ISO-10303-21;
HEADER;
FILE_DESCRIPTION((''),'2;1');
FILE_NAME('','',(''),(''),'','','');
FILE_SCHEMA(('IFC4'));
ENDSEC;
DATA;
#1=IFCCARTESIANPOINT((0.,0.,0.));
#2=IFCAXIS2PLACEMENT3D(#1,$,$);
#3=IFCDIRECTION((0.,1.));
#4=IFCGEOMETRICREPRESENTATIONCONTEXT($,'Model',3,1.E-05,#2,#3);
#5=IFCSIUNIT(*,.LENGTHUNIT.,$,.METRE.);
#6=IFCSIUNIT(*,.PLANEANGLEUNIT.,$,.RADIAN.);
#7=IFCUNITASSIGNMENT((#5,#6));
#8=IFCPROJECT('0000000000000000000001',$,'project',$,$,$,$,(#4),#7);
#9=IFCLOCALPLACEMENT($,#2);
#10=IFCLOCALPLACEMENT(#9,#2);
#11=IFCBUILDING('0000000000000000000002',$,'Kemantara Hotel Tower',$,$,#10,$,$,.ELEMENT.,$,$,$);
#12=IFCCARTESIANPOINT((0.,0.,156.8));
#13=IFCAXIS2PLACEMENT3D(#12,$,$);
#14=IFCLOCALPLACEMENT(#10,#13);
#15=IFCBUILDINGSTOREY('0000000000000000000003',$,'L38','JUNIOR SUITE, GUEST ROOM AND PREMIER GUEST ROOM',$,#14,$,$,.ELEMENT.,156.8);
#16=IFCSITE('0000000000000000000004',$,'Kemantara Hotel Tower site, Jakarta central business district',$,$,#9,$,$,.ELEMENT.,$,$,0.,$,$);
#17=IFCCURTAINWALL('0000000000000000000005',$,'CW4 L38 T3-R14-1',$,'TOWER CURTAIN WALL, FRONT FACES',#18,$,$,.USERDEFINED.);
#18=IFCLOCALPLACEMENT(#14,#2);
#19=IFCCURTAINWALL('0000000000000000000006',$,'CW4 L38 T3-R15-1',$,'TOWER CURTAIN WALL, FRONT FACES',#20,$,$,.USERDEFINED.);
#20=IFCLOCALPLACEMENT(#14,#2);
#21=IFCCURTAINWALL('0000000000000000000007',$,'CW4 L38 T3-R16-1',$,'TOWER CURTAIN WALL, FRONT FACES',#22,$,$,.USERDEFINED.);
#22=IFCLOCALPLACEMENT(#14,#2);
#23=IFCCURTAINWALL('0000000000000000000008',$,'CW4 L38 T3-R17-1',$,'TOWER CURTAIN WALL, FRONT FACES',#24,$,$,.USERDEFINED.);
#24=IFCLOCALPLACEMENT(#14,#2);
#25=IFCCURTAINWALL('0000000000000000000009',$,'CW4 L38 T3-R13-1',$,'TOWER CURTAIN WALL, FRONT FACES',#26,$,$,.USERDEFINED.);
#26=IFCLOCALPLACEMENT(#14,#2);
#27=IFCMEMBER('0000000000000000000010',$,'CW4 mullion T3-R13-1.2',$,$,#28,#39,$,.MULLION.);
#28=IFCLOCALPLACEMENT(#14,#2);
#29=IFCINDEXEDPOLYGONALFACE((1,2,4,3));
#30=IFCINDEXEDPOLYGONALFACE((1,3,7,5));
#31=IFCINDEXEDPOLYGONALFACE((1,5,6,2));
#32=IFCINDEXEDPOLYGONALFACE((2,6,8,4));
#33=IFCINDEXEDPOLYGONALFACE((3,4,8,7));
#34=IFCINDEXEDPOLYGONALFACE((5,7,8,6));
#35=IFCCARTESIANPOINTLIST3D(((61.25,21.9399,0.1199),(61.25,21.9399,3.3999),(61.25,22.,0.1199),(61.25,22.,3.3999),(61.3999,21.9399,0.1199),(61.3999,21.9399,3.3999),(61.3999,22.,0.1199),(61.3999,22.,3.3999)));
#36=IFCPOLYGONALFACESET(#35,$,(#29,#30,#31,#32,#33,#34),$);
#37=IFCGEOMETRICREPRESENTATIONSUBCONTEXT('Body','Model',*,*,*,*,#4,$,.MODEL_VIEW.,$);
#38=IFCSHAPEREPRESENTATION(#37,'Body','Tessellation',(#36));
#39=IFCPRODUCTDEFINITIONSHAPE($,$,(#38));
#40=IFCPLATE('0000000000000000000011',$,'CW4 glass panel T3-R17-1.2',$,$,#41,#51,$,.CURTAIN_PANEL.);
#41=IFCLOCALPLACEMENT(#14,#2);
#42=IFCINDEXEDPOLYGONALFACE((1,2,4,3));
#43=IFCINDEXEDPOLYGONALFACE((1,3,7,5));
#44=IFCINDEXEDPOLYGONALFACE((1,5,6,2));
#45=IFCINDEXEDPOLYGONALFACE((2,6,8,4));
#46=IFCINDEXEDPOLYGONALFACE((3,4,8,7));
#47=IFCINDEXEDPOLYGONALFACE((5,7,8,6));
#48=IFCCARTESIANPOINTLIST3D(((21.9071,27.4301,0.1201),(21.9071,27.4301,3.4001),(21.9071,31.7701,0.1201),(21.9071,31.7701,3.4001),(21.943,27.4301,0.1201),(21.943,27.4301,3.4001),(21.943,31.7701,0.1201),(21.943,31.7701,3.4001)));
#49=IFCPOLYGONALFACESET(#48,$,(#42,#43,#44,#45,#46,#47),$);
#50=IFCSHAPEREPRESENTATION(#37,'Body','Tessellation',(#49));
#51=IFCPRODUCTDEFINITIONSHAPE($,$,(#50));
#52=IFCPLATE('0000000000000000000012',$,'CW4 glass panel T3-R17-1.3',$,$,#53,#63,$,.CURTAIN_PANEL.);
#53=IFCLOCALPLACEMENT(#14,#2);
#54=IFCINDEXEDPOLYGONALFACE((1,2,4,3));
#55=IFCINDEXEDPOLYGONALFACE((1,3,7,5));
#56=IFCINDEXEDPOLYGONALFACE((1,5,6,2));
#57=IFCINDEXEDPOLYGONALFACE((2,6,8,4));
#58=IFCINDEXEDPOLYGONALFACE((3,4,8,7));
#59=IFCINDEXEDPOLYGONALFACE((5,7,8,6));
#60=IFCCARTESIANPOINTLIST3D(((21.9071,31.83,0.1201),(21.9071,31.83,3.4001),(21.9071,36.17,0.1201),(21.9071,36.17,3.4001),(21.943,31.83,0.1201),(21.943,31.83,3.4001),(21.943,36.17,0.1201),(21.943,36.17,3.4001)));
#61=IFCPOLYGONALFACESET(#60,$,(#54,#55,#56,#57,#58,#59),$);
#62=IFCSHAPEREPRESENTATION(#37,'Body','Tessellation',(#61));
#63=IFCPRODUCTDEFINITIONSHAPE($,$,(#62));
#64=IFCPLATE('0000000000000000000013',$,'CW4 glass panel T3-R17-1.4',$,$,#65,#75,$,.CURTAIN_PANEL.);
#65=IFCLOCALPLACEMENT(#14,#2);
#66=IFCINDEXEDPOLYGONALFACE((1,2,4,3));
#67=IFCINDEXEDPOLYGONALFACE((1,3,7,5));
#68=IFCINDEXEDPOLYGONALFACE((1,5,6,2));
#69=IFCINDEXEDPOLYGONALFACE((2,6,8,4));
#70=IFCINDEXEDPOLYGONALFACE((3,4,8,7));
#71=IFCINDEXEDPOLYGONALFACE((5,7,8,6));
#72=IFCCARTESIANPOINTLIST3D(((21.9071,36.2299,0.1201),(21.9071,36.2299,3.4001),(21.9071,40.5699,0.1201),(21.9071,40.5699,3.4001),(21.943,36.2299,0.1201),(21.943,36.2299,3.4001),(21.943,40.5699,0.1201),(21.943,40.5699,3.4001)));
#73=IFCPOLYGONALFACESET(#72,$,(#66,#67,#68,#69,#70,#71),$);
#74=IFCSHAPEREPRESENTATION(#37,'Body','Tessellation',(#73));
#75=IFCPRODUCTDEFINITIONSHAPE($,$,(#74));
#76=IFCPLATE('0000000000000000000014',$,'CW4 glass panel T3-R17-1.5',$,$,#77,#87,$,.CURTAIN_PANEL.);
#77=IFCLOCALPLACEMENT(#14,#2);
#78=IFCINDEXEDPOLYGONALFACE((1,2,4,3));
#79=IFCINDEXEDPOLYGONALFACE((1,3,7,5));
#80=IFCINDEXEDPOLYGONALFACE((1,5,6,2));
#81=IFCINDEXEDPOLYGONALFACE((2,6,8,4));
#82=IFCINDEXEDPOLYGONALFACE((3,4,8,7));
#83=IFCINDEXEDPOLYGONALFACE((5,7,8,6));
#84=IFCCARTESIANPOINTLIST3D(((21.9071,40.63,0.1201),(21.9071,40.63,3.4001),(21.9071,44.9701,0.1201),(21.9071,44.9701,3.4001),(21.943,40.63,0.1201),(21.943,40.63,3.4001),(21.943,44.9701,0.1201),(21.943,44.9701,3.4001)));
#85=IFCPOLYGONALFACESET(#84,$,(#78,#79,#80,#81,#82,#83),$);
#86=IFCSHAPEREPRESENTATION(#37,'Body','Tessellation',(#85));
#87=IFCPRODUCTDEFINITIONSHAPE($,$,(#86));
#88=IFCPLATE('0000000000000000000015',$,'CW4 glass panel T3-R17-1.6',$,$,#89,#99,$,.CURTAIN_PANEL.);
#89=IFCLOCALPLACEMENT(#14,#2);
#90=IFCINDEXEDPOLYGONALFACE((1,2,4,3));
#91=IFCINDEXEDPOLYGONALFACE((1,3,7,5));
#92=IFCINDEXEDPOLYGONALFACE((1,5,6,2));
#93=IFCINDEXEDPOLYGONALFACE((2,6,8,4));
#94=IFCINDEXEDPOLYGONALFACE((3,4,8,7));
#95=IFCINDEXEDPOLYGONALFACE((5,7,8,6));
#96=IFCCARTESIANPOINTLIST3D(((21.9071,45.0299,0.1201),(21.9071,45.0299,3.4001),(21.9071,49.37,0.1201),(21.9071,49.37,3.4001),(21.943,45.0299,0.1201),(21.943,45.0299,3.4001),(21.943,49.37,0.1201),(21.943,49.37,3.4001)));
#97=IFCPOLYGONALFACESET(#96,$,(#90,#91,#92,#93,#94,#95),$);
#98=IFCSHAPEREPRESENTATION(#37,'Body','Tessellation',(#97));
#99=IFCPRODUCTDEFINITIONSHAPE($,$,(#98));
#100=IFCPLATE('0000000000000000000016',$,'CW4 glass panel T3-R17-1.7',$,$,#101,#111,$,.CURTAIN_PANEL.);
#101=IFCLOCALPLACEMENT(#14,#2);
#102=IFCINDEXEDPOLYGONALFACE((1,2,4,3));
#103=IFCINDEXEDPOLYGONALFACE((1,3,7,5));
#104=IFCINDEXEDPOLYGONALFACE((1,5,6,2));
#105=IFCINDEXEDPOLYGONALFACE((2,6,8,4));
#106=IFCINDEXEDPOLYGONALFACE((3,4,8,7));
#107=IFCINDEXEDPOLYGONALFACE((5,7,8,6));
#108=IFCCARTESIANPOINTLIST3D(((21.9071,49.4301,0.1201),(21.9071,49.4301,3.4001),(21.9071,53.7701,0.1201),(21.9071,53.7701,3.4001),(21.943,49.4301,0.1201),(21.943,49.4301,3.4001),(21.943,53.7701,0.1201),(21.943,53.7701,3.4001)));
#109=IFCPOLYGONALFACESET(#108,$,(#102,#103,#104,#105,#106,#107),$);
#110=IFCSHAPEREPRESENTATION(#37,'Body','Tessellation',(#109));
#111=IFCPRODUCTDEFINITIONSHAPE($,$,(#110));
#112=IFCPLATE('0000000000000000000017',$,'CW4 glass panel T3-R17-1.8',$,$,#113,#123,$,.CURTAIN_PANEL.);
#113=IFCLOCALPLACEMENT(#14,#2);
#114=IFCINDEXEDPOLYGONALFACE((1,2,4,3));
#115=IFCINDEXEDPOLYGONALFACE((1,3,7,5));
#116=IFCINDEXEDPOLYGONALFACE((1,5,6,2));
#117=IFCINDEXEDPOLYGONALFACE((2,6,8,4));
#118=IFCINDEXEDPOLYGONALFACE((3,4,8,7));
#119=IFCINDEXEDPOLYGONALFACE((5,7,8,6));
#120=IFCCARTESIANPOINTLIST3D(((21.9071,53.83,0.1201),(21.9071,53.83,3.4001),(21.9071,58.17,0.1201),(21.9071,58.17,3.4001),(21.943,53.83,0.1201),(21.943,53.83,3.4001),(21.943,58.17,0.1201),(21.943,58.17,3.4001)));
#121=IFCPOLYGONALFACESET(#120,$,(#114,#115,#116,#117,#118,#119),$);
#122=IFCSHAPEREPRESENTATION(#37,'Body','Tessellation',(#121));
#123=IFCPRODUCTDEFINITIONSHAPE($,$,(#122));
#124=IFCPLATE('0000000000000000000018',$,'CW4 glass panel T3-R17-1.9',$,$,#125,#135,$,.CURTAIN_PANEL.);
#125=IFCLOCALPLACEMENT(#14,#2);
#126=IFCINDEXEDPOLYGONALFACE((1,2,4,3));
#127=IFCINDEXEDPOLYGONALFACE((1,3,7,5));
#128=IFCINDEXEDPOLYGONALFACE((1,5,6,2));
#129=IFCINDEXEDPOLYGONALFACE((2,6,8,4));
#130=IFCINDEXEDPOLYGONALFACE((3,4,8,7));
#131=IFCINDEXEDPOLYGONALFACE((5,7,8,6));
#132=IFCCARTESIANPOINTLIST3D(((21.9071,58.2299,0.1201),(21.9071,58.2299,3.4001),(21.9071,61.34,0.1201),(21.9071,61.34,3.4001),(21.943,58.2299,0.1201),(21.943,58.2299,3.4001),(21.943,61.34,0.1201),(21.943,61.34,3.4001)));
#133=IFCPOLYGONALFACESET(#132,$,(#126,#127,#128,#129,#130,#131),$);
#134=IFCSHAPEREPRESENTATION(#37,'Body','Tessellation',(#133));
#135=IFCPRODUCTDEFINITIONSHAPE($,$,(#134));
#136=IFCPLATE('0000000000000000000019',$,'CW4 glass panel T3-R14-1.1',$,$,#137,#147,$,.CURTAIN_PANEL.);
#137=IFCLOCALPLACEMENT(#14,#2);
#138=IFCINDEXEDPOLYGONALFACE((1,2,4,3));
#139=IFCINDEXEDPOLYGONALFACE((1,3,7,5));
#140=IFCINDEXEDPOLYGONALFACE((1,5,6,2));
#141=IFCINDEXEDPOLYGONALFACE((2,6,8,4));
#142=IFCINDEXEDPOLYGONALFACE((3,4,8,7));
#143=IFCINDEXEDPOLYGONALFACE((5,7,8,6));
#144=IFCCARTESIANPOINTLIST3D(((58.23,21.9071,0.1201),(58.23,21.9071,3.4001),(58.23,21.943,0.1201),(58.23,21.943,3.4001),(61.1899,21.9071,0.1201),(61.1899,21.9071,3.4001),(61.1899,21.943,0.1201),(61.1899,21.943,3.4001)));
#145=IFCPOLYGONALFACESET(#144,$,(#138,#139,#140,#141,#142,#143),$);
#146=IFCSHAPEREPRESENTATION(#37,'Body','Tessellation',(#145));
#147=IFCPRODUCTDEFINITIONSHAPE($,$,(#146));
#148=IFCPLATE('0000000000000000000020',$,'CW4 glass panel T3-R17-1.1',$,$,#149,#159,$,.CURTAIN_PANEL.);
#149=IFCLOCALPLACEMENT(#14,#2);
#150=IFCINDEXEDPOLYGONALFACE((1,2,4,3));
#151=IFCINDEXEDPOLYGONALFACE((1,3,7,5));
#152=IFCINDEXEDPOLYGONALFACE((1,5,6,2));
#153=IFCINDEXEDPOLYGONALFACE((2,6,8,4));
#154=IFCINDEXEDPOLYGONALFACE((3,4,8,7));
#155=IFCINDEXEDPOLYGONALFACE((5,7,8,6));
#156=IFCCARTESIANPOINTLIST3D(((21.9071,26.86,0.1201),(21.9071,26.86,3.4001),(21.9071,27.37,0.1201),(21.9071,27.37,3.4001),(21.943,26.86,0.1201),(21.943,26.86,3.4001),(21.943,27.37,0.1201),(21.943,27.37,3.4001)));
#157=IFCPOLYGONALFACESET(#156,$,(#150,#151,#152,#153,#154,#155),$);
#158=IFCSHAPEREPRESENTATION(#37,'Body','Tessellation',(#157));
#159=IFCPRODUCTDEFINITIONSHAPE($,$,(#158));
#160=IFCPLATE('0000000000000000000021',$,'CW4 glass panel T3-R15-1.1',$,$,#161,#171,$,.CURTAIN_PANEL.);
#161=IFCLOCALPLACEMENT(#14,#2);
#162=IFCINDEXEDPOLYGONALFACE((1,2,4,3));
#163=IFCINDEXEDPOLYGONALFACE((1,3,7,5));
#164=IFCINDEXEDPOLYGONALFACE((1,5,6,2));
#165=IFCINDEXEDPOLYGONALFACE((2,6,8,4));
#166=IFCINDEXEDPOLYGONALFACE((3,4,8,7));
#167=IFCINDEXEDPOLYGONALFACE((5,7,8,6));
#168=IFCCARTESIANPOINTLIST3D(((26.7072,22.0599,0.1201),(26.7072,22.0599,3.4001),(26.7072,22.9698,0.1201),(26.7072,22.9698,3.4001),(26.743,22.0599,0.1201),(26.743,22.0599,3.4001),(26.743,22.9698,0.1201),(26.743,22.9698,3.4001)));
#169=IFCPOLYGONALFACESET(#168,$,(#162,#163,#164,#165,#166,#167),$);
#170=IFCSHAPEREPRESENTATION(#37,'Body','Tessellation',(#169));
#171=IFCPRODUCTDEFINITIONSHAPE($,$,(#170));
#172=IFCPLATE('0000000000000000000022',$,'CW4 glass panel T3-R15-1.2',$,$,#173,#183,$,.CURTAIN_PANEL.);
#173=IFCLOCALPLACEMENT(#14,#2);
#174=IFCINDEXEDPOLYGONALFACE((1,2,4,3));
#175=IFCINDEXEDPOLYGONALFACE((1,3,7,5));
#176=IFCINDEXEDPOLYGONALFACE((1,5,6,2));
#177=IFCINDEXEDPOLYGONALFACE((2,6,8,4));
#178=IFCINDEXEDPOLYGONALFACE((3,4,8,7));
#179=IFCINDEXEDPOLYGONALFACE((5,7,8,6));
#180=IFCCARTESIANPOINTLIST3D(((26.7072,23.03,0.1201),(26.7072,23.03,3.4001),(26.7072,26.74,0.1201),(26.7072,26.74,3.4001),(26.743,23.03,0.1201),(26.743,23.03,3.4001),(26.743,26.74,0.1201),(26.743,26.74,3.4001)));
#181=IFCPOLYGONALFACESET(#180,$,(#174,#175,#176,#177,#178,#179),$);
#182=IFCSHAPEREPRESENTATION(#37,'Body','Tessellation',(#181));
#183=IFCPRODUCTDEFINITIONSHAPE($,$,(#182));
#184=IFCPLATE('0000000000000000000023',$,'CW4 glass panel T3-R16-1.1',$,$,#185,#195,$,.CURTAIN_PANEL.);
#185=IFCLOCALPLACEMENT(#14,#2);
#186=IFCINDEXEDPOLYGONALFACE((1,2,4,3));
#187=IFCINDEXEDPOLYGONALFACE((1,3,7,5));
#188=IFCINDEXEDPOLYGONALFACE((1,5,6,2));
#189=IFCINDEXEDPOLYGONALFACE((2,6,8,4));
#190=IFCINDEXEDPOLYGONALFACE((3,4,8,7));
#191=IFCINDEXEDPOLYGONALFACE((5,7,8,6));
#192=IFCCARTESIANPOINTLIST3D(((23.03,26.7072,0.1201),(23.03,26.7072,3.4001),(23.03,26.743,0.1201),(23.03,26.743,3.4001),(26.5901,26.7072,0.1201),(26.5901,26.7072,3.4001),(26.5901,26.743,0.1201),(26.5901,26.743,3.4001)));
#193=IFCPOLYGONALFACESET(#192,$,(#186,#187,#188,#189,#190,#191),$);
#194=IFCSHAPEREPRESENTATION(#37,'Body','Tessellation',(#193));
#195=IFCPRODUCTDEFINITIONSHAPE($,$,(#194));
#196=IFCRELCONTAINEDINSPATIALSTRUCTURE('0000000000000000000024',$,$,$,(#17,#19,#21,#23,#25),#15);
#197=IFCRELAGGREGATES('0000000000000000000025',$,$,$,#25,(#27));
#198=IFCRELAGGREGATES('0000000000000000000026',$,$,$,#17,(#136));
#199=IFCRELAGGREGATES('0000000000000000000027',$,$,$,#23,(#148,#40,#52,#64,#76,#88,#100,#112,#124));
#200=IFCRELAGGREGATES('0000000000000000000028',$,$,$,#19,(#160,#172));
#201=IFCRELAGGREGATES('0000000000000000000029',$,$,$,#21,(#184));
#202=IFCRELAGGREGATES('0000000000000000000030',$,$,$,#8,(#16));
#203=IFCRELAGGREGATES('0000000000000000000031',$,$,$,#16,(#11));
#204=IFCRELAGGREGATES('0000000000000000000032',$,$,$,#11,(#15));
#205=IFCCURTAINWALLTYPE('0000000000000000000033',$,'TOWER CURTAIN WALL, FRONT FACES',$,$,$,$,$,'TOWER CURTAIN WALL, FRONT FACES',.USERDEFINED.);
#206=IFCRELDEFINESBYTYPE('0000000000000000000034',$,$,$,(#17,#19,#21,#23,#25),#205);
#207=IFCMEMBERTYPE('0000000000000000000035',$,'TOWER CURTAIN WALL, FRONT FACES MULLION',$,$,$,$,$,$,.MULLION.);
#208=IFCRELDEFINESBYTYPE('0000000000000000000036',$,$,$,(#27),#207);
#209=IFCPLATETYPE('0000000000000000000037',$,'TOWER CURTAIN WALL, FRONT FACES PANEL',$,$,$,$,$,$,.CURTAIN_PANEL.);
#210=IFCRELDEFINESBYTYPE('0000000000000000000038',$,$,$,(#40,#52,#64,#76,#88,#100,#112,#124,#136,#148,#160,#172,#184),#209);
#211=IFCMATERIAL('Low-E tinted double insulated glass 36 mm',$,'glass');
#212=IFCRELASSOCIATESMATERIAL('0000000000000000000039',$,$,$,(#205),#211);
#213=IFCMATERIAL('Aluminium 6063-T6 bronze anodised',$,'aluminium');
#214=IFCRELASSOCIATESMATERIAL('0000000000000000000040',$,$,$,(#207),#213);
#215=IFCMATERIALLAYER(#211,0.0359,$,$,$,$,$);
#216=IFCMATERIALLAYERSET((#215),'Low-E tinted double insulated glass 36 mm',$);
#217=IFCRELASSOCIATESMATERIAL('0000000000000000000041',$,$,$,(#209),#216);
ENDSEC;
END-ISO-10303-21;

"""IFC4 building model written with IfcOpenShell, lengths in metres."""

from ifc_helpers import new_model, si_unit, direction, frame, origin, origin_2d, place, context, subcontext, project, spatial, rectangle, extrude, source, transform, mapped, material, layer, layer_set, material_profile, profile_set, type_object, element, aggregate, save


model = new_model("IFC4")

# Units and contexts
model_context = context("Model", 3, precision=1e-05, world=origin(), true_north=direction((0.0, 1.0)))
body_context = subcontext(model_context, "Body", "Model", "MODEL_VIEW")
ifc_project = project(units=[si_unit("LENGTHUNIT", "METRE"), si_unit("PLANEANGLEUNIT", "RADIAN")], contexts=[model_context])

# Site, building, storey
site_placement = place(None, origin())
site = spatial("IfcSite", under=ifc_project, at=site_placement, Name="Kemantara Hotel Tower site, Jakarta central business district", CompositionType="ELEMENT", RefElevation=0.0)
building_placement = place(site_placement, origin())
building = spatial("IfcBuilding", under=site, at=building_placement, Name="Kemantara Hotel Tower", CompositionType="ELEMENT")
storey_placement = place(building_placement, frame((0.0, 0.0, 156.8)))
storey = spatial("IfcBuildingStorey", under=building, at=storey_placement, Name="L38", Description="JUNIOR SUITE, GUEST ROOM AND PREMIER GUEST ROOM", CompositionType="ELEMENT", Elevation=156.8)

# Curtain walls
ifc_material_1 = material(Name="Low-E tinted double insulated glass 36 mm", Category="glass")
curtain_wall_type = type_object("IfcCurtainWallType", Name="TOWER CURTAIN WALL, FRONT FACES", ElementType="TOWER CURTAIN WALL, FRONT FACES", PredefinedType="USERDEFINED", material=ifc_material_1)
curtain_wall_1_placement = place(storey_placement, origin())
curtain_wall_1 = element("IfcCurtainWall", 1, at=curtain_wall_1_placement, inside=storey, type_object=curtain_wall_type, Name="CW4 L38 T3-R14-1", ObjectType="TOWER CURTAIN WALL, FRONT FACES", PredefinedType="USERDEFINED")
ifc_material_2 = material(Name="Aluminium 6063-T6 bronze anodised", Category="aluminium")
curtain_wall_2_placement = place(storey_placement, origin())
curtain_wall_2 = element("IfcCurtainWall", 2, at=curtain_wall_2_placement, inside=storey, type_object=curtain_wall_type, Name="CW4 L38 T3-R15-1", ObjectType="TOWER CURTAIN WALL, FRONT FACES", PredefinedType="USERDEFINED")
curtain_wall_3_placement = place(storey_placement, origin())
curtain_wall_3 = element("IfcCurtainWall", 3, at=curtain_wall_3_placement, inside=storey, type_object=curtain_wall_type, Name="CW4 L38 T3-R16-1", ObjectType="TOWER CURTAIN WALL, FRONT FACES", PredefinedType="USERDEFINED")

# Shared definitions
ifc_material_profile_1 = material_profile(ifc_material_2, rectangle(XDim=0.1499, YDim=0.0601, at=origin_2d()), Name="TOWER CURTAIN WALL, FRONT FACES MULLION")
ifc_profile_set_1 = profile_set([ifc_material_profile_1], Name="Aluminium 6063-T6 bronze anodised")
member_type_1 = type_object("IfcMemberType", Name="TOWER CURTAIN WALL, FRONT FACES MULLION", PredefinedType="MULLION", material=ifc_profile_set_1)
shared_shape_1 = source(origin(), body_context, "Body", "SweptSolid", [
    extrude(rectangle(XDim=0.1499, YDim=0.0601, at=origin_2d()), origin(), (0.0, 0.0, 1.0), 3.28),
])

# Curtain wall
curtain_wall_4_placement = place(storey_placement, origin())
curtain_wall_4 = element("IfcCurtainWall", 4, at=curtain_wall_4_placement, inside=storey, type_object=curtain_wall_type, Name="CW4 L38 T3-R17-1", ObjectType="TOWER CURTAIN WALL, FRONT FACES", PredefinedType="USERDEFINED")

# Curtain wall, member
curtain_wall_5_placement = place(storey_placement, origin())
curtain_wall_5 = element("IfcCurtainWall", 5, at=curtain_wall_5_placement, inside=storey, type_object=curtain_wall_type, Name="CW4 L38 T3-R13-1", ObjectType="TOWER CURTAIN WALL, FRONT FACES", PredefinedType="USERDEFINED")
member_1_placement = place(storey_placement, frame((61.325, 21.97, 0.1199), z_axis=(0.0, 0.0, 1.0), x_axis=(-1.0, 0.0, 0.0)))
member_1 = element("IfcMember", 6, at=member_1_placement, type_object=member_type_1, Name="CW4 mullion T3-R13-1.2", PredefinedType="MULLION", context=body_context, shape_type="MappedRepresentation", body=[
    mapped(shared_shape_1, transform((0.0, 0.0, 0.0))),
])
aggregate(curtain_wall_5, [member_1])

# Plates
ifc_layer_1 = layer(ifc_material_1, 0.0359)
ifc_layer_set_1 = layer_set([ifc_layer_1], Name="Low-E tinted double insulated glass 36 mm")
plate_type = type_object("IfcPlateType", Name="TOWER CURTAIN WALL, FRONT FACES PANEL", PredefinedType="CURTAIN_PANEL", material=ifc_layer_set_1)
shared_shape_2 = source(origin(), body_context, "Body", "SweptSolid", [
    extrude(rectangle(XDim=4.3401, YDim=0.0359, at=origin_2d()), origin(), (0.0, 0.0, 1.0), 3.28),
])
plate_1_placement = place(storey_placement, frame((21.925, 29.6001, 0.1201), z_axis=(0.0, 0.0, 1.0), x_axis=(0.0, 1.0, 0.0)))
plate_1 = element("IfcPlate", 7, at=plate_1_placement, type_object=plate_type, Name="CW4 glass panel T3-R17-1.2", PredefinedType="CURTAIN_PANEL", context=body_context, shape_type="MappedRepresentation", body=[
    mapped(shared_shape_2, transform((0.0, 0.0, 0.0))),
])
plate_2_placement = place(storey_placement, frame((21.925, 34.0, 0.1201), z_axis=(0.0, 0.0, 1.0), x_axis=(0.0, 1.0, 0.0)))
plate_2 = element("IfcPlate", 8, at=plate_2_placement, type_object=plate_type, Name="CW4 glass panel T3-R17-1.3", PredefinedType="CURTAIN_PANEL", context=body_context, shape_type="MappedRepresentation", body=[
    mapped(shared_shape_2, transform((0.0, 0.0, 0.0))),
])
plate_3_placement = place(storey_placement, frame((21.925, 38.3999, 0.1201), z_axis=(0.0, 0.0, 1.0), x_axis=(0.0, 1.0, 0.0)))
plate_3 = element("IfcPlate", 9, at=plate_3_placement, type_object=plate_type, Name="CW4 glass panel T3-R17-1.4", PredefinedType="CURTAIN_PANEL", context=body_context, shape_type="MappedRepresentation", body=[
    mapped(shared_shape_2, transform((0.0, 0.0, 0.0))),
])
plate_4_placement = place(storey_placement, frame((21.925, 42.8, 0.1201), z_axis=(0.0, 0.0, 1.0), x_axis=(0.0, 1.0, 0.0)))
plate_4 = element("IfcPlate", 10, at=plate_4_placement, type_object=plate_type, Name="CW4 glass panel T3-R17-1.5", PredefinedType="CURTAIN_PANEL", context=body_context, shape_type="MappedRepresentation", body=[
    mapped(shared_shape_2, transform((0.0, 0.0, 0.0))),
])
plate_5_placement = place(storey_placement, frame((21.925, 47.2, 0.1201), z_axis=(0.0, 0.0, 1.0), x_axis=(0.0, 1.0, 0.0)))
plate_5 = element("IfcPlate", 11, at=plate_5_placement, type_object=plate_type, Name="CW4 glass panel T3-R17-1.6", PredefinedType="CURTAIN_PANEL", context=body_context, shape_type="MappedRepresentation", body=[
    mapped(shared_shape_2, transform((0.0, 0.0, 0.0))),
])
plate_6_placement = place(storey_placement, frame((21.925, 51.6001, 0.1201), z_axis=(0.0, 0.0, 1.0), x_axis=(0.0, 1.0, 0.0)))
plate_6 = element("IfcPlate", 12, at=plate_6_placement, type_object=plate_type, Name="CW4 glass panel T3-R17-1.7", PredefinedType="CURTAIN_PANEL", context=body_context, shape_type="MappedRepresentation", body=[
    mapped(shared_shape_2, transform((0.0, 0.0, 0.0))),
])
plate_7_placement = place(storey_placement, frame((21.925, 56.0, 0.1201), z_axis=(0.0, 0.0, 1.0), x_axis=(0.0, 1.0, 0.0)))
plate_7 = element("IfcPlate", 13, at=plate_7_placement, type_object=plate_type, Name="CW4 glass panel T3-R17-1.8", PredefinedType="CURTAIN_PANEL", context=body_context, shape_type="MappedRepresentation", body=[
    mapped(shared_shape_2, transform((0.0, 0.0, 0.0))),
])
shared_shape_3 = source(origin(), body_context, "Body", "SweptSolid", [
    extrude(rectangle(XDim=3.1101, YDim=0.0359, at=origin_2d()), origin(), (0.0, 0.0, 1.0), 3.28),
])
plate_8_placement = place(storey_placement, frame((21.925, 59.7849, 0.1201), z_axis=(0.0, 0.0, 1.0), x_axis=(0.0, 1.0, 0.0)))
plate_8 = element("IfcPlate", 14, at=plate_8_placement, type_object=plate_type, Name="CW4 glass panel T3-R17-1.9", PredefinedType="CURTAIN_PANEL", context=body_context, shape_type="MappedRepresentation", body=[
    mapped(shared_shape_3, transform((0.0, 0.0, 0.0))),
])
shared_shape_4 = source(origin(), body_context, "Body", "SweptSolid", [
    extrude(rectangle(XDim=2.96, YDim=0.0359, at=origin_2d()), origin(), (0.0, 0.0, 1.0), 3.28),
])
plate_9_placement = place(storey_placement, frame((59.71, 21.925, 0.1201), z_axis=(0.0, 0.0, 1.0), x_axis=(-1.0, 0.0, 0.0)))
plate_9 = element("IfcPlate", 15, at=plate_9_placement, type_object=plate_type, Name="CW4 glass panel T3-R14-1.1", PredefinedType="CURTAIN_PANEL", context=body_context, shape_type="MappedRepresentation", body=[
    mapped(shared_shape_4, transform((0.0, 0.0, 0.0))),
])
aggregate(curtain_wall_1, [plate_9])
shared_shape_5 = source(origin(), body_context, "Body", "SweptSolid", [
    extrude(rectangle(XDim=0.51, YDim=0.0359, at=origin_2d()), origin(), (0.0, 0.0, 1.0), 3.28),
])
plate_10_placement = place(storey_placement, frame((21.925, 27.115, 0.1201), z_axis=(0.0, 0.0, 1.0), x_axis=(0.0, 1.0, 0.0)))
plate_10 = element("IfcPlate", 16, at=plate_10_placement, type_object=plate_type, Name="CW4 glass panel T3-R17-1.1", PredefinedType="CURTAIN_PANEL", context=body_context, shape_type="MappedRepresentation", body=[
    mapped(shared_shape_5, transform((0.0, 0.0, 0.0))),
])
aggregate(curtain_wall_4, [plate_10, plate_1, plate_2, plate_3, plate_4, plate_5, plate_6, plate_7, plate_8])
shared_shape_6 = source(origin(), body_context, "Body", "SweptSolid", [
    extrude(rectangle(XDim=0.9099, YDim=0.0359, at=origin_2d()), origin(), (0.0, 0.0, 1.0), 3.28),
])
plate_11_placement = place(storey_placement, frame((26.7251, 22.5149, 0.1201), z_axis=(0.0, 0.0, 1.0), x_axis=(0.0, 1.0, 0.0)))
plate_11 = element("IfcPlate", 17, at=plate_11_placement, type_object=plate_type, Name="CW4 glass panel T3-R15-1.1", PredefinedType="CURTAIN_PANEL", context=body_context, shape_type="MappedRepresentation", body=[
    mapped(shared_shape_6, transform((0.0, 0.0, 0.0))),
])
shared_shape_7 = source(origin(), body_context, "Body", "SweptSolid", [
    extrude(rectangle(XDim=3.71, YDim=0.0359, at=origin_2d()), origin(), (0.0, 0.0, 1.0), 3.28),
])
plate_12_placement = place(storey_placement, frame((26.7251, 24.885, 0.1201), z_axis=(0.0, 0.0, 1.0), x_axis=(0.0, 1.0, 0.0)))
plate_12 = element("IfcPlate", 18, at=plate_12_placement, type_object=plate_type, Name="CW4 glass panel T3-R15-1.2", PredefinedType="CURTAIN_PANEL", context=body_context, shape_type="MappedRepresentation", body=[
    mapped(shared_shape_7, transform((0.0, 0.0, 0.0))),
])
aggregate(curtain_wall_2, [plate_11, plate_12])
shared_shape_8 = source(origin(), body_context, "Body", "SweptSolid", [
    extrude(rectangle(XDim=3.5601, YDim=0.0359, at=origin_2d()), origin(), (0.0, 0.0, 1.0), 3.28),
])
plate_13_placement = place(storey_placement, frame((24.8101, 26.7251, 0.1201), z_axis=(0.0, 0.0, 1.0), x_axis=(-1.0, 0.0, 0.0)))
plate_13 = element("IfcPlate", 19, at=plate_13_placement, type_object=plate_type, Name="CW4 glass panel T3-R16-1.1", PredefinedType="CURTAIN_PANEL", context=body_context, shape_type="MappedRepresentation", body=[
    mapped(shared_shape_8, transform((0.0, 0.0, 0.0))),
])
aggregate(curtain_wall_3, [plate_13])

save(model, "model.ifc")
